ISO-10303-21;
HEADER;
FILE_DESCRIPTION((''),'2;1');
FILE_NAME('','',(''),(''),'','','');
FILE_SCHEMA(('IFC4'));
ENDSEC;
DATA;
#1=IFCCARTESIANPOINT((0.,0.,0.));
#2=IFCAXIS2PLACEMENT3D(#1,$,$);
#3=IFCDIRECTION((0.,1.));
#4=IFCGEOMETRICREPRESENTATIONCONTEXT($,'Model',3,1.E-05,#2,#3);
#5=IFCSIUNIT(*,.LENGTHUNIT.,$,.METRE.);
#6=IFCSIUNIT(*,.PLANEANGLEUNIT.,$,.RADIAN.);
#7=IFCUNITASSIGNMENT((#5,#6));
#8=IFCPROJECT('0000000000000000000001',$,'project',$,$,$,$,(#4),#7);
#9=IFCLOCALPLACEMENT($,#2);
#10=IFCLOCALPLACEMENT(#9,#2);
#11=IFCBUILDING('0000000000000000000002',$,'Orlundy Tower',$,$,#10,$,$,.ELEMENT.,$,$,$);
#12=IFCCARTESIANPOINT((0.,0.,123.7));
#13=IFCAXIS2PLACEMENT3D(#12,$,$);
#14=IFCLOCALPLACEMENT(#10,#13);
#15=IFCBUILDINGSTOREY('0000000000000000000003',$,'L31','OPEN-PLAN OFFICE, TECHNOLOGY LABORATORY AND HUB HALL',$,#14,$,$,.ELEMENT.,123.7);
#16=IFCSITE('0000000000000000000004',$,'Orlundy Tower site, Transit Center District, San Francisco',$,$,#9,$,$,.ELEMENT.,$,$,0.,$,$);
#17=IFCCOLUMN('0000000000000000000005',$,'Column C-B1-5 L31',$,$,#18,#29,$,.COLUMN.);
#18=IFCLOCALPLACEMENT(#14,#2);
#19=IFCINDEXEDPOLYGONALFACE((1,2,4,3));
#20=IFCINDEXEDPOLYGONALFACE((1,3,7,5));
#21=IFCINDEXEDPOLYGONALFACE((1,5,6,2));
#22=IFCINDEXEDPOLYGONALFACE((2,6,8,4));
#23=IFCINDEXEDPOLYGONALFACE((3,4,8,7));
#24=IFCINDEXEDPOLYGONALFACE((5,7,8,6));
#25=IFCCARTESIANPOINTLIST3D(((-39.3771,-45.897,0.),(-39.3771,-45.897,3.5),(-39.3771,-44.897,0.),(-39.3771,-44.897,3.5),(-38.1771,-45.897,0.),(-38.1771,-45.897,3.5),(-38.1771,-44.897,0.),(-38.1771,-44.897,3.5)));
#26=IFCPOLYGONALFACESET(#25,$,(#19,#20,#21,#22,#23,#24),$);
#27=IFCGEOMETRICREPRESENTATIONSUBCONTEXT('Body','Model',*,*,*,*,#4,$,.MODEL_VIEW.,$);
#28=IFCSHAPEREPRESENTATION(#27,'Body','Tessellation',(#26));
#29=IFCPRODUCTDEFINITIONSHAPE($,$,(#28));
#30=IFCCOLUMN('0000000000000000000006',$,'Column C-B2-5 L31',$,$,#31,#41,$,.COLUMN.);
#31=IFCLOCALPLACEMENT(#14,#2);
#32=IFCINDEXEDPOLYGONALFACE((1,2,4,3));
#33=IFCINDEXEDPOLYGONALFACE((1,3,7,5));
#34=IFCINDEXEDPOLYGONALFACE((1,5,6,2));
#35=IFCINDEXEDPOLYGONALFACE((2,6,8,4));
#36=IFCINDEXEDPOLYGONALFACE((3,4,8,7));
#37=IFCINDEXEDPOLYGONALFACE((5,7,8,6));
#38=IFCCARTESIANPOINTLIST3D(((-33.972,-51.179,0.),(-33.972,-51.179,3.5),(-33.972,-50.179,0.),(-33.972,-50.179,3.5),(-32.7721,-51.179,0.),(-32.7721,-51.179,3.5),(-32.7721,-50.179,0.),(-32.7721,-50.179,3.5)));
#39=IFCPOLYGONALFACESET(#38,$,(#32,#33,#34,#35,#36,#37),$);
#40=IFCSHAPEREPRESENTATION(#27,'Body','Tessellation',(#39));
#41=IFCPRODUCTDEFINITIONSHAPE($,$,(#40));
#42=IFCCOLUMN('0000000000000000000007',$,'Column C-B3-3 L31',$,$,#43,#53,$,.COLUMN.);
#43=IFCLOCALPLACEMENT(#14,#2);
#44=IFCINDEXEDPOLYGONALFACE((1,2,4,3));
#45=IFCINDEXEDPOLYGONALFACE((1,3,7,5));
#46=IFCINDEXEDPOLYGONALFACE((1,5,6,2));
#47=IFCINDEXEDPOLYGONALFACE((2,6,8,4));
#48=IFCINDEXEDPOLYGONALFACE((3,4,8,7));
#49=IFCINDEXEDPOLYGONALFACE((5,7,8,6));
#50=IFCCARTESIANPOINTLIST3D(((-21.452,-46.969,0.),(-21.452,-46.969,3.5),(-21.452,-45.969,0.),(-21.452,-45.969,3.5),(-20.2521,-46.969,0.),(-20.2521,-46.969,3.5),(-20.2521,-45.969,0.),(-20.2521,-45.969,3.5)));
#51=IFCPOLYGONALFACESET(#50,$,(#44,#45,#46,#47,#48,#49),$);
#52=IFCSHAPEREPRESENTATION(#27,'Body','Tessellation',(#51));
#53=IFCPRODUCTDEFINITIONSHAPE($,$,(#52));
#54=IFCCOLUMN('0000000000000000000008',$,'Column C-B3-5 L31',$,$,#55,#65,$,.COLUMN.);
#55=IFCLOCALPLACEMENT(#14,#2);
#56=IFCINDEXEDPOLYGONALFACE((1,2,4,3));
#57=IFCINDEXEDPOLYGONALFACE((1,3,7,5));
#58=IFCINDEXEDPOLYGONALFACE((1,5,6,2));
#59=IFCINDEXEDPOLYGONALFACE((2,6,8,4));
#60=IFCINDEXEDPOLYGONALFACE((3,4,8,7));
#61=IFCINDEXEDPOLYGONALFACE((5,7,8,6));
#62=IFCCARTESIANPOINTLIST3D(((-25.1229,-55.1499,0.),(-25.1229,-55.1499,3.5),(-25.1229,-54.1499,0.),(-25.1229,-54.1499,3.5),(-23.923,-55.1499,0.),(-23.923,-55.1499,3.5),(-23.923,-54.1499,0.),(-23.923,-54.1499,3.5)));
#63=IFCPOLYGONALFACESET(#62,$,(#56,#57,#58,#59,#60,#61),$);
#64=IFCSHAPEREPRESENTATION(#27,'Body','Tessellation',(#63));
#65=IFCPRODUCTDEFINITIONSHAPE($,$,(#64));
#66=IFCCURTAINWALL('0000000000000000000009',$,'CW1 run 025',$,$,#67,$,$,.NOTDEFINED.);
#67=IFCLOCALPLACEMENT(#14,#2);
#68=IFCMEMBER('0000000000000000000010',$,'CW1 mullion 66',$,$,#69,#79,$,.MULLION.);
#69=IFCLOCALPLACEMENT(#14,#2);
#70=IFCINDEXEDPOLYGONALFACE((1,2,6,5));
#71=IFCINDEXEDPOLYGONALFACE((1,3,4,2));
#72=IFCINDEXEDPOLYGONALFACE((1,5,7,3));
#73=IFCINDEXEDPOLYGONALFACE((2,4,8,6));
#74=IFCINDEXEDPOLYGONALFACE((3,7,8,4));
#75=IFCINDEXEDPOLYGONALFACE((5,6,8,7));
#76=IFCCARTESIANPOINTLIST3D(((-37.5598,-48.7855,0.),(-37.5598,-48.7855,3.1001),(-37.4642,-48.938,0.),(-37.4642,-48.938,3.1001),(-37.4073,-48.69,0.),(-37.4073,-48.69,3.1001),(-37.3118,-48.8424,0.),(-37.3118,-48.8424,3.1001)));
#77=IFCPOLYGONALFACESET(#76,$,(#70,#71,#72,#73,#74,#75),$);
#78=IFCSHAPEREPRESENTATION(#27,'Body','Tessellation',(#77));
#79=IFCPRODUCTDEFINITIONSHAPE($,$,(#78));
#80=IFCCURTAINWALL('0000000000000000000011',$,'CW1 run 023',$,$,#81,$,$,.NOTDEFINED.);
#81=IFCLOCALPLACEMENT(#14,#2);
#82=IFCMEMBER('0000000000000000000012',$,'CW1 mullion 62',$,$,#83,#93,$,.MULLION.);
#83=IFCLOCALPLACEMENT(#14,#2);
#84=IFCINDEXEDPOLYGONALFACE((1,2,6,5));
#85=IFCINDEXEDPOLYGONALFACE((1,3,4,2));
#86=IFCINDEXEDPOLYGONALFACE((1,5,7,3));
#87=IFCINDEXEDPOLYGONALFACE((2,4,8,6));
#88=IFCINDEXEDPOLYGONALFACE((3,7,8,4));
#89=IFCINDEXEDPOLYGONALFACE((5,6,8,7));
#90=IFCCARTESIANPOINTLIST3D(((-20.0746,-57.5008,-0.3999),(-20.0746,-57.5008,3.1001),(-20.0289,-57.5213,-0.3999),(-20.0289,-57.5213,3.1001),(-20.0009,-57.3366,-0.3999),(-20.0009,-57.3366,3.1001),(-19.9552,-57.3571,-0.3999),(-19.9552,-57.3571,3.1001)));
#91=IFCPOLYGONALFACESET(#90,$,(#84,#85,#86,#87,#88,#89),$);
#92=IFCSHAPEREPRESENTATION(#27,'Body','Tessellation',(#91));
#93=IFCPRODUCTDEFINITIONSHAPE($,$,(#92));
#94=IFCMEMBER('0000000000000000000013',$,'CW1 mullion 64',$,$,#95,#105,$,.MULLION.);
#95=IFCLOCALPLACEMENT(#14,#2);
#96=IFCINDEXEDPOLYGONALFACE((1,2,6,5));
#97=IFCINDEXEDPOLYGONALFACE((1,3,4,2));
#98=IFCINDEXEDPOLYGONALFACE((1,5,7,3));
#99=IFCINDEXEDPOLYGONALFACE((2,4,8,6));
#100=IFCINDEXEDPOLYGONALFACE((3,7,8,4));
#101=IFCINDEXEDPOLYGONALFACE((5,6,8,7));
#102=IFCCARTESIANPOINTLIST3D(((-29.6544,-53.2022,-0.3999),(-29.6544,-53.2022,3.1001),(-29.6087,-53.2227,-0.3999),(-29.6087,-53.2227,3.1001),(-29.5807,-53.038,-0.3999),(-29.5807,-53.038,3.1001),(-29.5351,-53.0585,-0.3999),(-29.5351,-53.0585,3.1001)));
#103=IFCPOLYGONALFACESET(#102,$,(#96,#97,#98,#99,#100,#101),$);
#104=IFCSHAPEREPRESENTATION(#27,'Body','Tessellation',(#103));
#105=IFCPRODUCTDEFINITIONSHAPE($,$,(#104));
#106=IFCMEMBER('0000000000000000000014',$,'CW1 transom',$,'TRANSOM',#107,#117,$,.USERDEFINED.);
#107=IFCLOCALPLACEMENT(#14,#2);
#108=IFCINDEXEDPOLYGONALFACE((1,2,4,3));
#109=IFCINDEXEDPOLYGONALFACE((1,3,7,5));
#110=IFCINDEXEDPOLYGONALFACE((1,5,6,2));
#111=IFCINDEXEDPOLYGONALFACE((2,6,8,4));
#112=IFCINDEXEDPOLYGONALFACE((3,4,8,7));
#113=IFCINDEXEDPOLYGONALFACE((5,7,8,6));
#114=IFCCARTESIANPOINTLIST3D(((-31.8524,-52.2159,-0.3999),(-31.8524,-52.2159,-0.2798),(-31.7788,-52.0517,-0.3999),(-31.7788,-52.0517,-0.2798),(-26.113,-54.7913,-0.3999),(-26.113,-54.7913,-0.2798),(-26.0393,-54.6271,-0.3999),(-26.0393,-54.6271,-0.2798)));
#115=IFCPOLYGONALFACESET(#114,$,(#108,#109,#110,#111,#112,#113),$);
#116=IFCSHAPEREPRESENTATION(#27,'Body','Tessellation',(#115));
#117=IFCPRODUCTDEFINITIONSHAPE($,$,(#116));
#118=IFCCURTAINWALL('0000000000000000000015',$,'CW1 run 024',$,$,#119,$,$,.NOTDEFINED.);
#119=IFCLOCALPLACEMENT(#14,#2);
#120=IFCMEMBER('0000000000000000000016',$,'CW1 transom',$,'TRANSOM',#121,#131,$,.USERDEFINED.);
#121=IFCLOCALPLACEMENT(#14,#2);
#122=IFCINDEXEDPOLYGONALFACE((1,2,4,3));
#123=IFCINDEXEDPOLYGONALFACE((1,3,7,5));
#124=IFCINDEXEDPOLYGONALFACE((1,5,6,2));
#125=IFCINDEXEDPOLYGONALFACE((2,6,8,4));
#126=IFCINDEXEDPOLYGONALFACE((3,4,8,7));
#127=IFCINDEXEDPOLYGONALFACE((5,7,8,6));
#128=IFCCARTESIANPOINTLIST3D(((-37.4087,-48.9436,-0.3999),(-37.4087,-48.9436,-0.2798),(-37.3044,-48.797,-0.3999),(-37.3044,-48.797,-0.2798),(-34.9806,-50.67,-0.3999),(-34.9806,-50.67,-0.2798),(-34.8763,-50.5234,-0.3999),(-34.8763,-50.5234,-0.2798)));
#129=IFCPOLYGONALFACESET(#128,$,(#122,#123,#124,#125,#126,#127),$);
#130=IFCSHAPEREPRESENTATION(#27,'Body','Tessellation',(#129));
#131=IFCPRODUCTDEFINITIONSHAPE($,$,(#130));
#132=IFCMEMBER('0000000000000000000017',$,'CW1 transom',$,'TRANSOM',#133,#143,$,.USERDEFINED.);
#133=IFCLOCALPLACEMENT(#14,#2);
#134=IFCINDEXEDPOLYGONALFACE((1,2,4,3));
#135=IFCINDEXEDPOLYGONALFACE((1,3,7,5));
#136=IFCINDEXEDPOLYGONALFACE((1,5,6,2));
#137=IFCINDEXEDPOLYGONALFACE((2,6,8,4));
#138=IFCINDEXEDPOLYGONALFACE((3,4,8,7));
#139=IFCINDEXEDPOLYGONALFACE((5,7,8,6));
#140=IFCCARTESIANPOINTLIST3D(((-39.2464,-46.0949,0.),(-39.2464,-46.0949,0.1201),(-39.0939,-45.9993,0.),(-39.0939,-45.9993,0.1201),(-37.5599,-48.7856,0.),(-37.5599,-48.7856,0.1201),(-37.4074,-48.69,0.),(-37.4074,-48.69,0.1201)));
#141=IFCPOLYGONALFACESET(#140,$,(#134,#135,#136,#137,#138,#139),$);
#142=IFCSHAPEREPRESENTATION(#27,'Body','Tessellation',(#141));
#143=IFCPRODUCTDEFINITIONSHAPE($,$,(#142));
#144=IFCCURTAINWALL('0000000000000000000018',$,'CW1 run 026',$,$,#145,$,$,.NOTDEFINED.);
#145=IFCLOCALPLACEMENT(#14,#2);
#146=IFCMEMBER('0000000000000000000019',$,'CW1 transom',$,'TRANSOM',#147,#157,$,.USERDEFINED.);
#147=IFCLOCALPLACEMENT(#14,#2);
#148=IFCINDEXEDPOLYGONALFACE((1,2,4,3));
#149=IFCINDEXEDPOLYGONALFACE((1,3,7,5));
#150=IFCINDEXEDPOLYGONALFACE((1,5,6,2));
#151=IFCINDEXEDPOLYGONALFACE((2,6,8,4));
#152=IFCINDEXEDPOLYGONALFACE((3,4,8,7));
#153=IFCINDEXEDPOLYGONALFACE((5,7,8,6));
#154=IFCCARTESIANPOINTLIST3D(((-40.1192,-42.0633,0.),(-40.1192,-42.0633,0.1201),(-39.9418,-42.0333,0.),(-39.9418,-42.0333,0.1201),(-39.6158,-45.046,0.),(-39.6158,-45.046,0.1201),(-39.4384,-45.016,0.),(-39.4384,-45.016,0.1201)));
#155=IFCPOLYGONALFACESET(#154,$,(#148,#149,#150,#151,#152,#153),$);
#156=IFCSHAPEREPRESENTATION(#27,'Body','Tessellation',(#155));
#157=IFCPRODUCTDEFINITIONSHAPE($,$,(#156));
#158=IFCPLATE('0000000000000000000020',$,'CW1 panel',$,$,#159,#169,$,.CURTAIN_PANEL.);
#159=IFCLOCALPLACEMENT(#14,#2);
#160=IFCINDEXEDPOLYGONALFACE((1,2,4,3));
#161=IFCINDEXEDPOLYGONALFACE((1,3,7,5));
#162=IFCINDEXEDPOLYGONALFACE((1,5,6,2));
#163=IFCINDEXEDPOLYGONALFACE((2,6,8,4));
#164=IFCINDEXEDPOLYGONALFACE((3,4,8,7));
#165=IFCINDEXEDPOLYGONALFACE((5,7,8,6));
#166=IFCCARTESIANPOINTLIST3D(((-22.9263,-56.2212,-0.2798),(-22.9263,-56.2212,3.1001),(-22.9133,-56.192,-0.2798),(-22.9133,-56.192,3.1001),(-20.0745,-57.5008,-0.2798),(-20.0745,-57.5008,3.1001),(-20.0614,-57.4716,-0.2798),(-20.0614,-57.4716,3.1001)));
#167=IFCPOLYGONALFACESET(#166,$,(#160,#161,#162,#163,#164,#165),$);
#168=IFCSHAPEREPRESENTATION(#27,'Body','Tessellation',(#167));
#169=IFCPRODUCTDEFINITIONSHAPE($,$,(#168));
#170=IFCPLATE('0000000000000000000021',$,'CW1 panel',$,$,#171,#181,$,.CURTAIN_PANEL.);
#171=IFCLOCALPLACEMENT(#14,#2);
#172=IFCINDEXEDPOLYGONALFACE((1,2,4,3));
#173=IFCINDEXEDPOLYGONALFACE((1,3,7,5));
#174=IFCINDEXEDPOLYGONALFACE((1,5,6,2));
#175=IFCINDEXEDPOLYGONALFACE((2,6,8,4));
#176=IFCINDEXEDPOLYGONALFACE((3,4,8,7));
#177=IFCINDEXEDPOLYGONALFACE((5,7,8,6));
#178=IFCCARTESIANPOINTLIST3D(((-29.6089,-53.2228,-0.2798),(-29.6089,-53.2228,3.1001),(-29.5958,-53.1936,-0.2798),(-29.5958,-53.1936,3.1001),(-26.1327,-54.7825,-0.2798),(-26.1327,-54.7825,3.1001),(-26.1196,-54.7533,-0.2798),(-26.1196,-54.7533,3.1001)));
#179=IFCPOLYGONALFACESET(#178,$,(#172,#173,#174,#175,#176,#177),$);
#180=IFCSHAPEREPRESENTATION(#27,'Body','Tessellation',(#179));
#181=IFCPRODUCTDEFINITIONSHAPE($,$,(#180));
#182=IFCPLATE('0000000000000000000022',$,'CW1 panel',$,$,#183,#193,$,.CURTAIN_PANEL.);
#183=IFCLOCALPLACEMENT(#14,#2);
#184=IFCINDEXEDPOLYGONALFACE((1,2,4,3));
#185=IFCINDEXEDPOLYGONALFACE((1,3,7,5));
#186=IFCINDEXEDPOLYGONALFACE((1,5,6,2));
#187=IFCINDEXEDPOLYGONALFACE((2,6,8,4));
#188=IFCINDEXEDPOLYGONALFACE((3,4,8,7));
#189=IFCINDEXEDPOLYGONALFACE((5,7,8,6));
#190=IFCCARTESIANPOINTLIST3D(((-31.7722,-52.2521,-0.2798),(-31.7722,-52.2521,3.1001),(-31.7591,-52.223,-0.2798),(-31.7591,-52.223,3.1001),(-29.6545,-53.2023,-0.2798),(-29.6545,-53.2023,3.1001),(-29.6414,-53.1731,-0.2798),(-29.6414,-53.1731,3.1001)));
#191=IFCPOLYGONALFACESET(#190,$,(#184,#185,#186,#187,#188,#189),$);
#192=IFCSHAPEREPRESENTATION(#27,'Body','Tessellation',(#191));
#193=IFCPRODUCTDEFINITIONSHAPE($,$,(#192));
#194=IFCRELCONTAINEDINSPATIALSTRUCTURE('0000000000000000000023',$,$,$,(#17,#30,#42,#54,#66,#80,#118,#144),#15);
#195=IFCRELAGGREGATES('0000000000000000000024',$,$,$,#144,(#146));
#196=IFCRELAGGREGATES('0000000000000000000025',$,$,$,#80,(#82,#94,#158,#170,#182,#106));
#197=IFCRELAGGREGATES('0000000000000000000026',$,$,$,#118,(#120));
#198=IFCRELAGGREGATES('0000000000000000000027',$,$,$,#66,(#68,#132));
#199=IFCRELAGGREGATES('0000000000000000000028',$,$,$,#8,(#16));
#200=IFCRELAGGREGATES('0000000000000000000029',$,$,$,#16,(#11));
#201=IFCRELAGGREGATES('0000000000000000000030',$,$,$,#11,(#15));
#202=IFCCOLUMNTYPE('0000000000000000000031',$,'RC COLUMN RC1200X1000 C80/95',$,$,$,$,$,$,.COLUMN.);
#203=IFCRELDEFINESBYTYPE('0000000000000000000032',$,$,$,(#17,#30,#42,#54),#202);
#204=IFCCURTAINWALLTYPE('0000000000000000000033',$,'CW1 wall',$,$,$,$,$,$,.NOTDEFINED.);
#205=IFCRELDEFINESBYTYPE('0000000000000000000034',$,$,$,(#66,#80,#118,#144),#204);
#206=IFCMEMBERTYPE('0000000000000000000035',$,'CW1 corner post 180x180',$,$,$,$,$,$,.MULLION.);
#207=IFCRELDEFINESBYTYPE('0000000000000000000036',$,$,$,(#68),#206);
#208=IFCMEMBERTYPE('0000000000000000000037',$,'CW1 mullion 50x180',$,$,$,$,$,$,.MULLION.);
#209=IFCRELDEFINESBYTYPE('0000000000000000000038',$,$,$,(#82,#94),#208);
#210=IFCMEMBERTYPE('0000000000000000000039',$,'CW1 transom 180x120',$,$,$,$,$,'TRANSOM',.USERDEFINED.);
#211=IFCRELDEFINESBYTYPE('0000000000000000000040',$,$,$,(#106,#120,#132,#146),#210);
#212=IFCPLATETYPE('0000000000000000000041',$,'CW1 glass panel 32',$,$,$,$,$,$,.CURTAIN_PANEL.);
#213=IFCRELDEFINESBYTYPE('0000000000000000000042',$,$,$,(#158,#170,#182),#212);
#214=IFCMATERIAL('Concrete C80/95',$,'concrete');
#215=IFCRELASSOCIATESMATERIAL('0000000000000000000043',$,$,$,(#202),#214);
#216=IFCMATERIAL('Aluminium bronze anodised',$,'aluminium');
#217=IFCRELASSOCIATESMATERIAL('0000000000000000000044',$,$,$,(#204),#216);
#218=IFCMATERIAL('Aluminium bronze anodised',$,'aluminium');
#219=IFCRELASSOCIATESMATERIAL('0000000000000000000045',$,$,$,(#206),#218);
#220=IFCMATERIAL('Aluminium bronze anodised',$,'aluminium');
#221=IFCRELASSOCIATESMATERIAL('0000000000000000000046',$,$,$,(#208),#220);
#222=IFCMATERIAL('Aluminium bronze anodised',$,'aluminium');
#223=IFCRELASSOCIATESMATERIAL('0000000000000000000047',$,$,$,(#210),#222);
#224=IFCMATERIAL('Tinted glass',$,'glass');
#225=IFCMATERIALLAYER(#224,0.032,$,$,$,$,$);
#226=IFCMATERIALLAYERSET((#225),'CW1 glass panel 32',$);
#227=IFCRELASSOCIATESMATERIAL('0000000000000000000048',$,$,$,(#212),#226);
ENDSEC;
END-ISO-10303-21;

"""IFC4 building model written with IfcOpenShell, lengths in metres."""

from ifc_helpers import new_model, si_unit, direction, frame, origin, origin_2d, place, context, subcontext, project, spatial, rectangle, extrude, material, layer, layer_set, material_profile, profile_set, type_object, element, aggregate, save


model = new_model("IFC4")

# Units and contexts
model_context = context("Model", 3, precision=1e-05, world=origin(), true_north=direction((0.0, 1.0)))
body_context = subcontext(model_context, "Body", "Model", "MODEL_VIEW")
ifc_project = project(units=[si_unit("LENGTHUNIT", "METRE"), si_unit("PLANEANGLEUNIT", "RADIAN")], contexts=[model_context])

# Site, building, storey
site_placement = place(None, origin())
site = spatial("IfcSite", under=ifc_project, at=site_placement, Name="Orlundy Tower site, Transit Center District, San Francisco", CompositionType="ELEMENT", RefElevation=0.0)
building_placement = place(site_placement, origin())
building = spatial("IfcBuilding", under=site, at=building_placement, Name="Orlundy Tower", CompositionType="ELEMENT")
storey_placement = place(building_placement, frame((0.0, 0.0, 123.7)))
storey = spatial("IfcBuildingStorey", under=building, at=storey_placement, Name="L31", Description="OPEN-PLAN OFFICE, TECHNOLOGY LABORATORY AND HUB HALL", CompositionType="ELEMENT", Elevation=123.7)

# Columns
ifc_material_1 = material(Name="Concrete C80/95", Category="concrete")
ifc_material_profile_1 = material_profile(ifc_material_1, rectangle(XDim=1.2, YDim=1.0, at=origin_2d()), Name="RC1200X1000")
ifc_profile_set_1 = profile_set([ifc_material_profile_1], Name="Concrete C80/95")
column_type = type_object("IfcColumnType", Name="RC COLUMN RC1200X1000 C80/95", PredefinedType="COLUMN", material=ifc_profile_set_1)
for number, where, z_axis, x_axis, name in (
    (1, (-38.7771, -45.397, 0.0), (0.0, 0.0, 1.0), (1.0, 0.0, 0.0), "Column C-B1-5 L31"),
    (2, (-33.3721, -50.679, 0.0), (0.0, 0.0, 1.0), (1.0, 0.0, 0.0), "Column C-B2-5 L31"),
    (3, (-20.8521, -46.469, 0.0), (0.0, 0.0, 1.0), (1.0, 0.0, 0.0), "Column C-B3-3 L31"),
    (4, (-24.5229, -54.6499, 0.0), (0.0, 0.0, 1.0), (1.0, 0.0, 0.0), "Column C-B3-5 L31"),
):
    element("IfcColumn", number, at=place(storey_placement, frame(where, z_axis=z_axis, x_axis=x_axis)), inside=storey, type_object=column_type, Name=name, PredefinedType="COLUMN", context=body_context, shape_type="SweptSolid", body=[
        extrude(rectangle(XDim=1.2, YDim=1.0, at=origin_2d()), origin(), (0.0, 0.0, 1.0), 3.5),
    ])

# Curtain wall, member
ifc_material_2 = material(Name="Aluminium bronze anodised", Category="aluminium")
curtain_wall_type = type_object("IfcCurtainWallType", Name="CW1 wall", PredefinedType="NOTDEFINED", material=ifc_material_2)
curtain_wall_1_placement = place(storey_placement, origin())
curtain_wall_1 = element("IfcCurtainWall", 5, at=curtain_wall_1_placement, inside=storey, type_object=curtain_wall_type, Name="CW1 run 025", PredefinedType="NOTDEFINED")
ifc_material_3 = material(Name="Aluminium bronze anodised", Category="aluminium")
ifc_material_profile_2 = material_profile(ifc_material_3, rectangle(XDim=0.1799, YDim=0.1799, at=origin_2d()), Name="CW1 corner post 180x180")
ifc_profile_set_2 = profile_set([ifc_material_profile_2], Name="Aluminium bronze anodised")
member_type_1 = type_object("IfcMemberType", Name="CW1 corner post 180x180", PredefinedType="MULLION", material=ifc_profile_set_2)
member_1_placement = place(storey_placement, frame((-37.4358, -48.814, 0.0), z_axis=(0.0, 0.0, 1.0), x_axis=(-0.847285, -0.531138, 0.0)))
member_1 = element("IfcMember", 6, at=member_1_placement, type_object=member_type_1, Name="CW1 mullion 66", PredefinedType="MULLION", context=body_context, shape_type="SweptSolid", body=[
    extrude(rectangle(XDim=0.1799, YDim=0.1799, at=origin_2d()), origin(), (0.0, 0.0, 1.0), 3.1001),
])

# Curtain wall, members
curtain_wall_2_placement = place(storey_placement, origin())
curtain_wall_2 = element("IfcCurtainWall", 7, at=curtain_wall_2_placement, inside=storey, type_object=curtain_wall_type, Name="CW1 run 023", PredefinedType="NOTDEFINED")
ifc_material_4 = material(Name="Aluminium bronze anodised", Category="aluminium")
ifc_material_profile_3 = material_profile(ifc_material_4, rectangle(XDim=0.1799, YDim=0.05, at=origin_2d()), Name="CW1 mullion 50x180")
ifc_profile_set_3 = profile_set([ifc_material_profile_3], Name="Aluminium bronze anodised")
member_type_2 = type_object("IfcMemberType", Name="CW1 mullion 50x180", PredefinedType="MULLION", material=ifc_profile_set_3)
member_2_placement = place(storey_placement, frame((-20.0149, -57.429, -0.3999), z_axis=(0.0, 0.0, 1.0), x_axis=(-0.409374, -0.912366, 0.0)))
member_2 = element("IfcMember", 8, at=member_2_placement, type_object=member_type_2, Name="CW1 mullion 62", PredefinedType="MULLION", context=body_context, shape_type="SweptSolid", body=[
    extrude(rectangle(XDim=0.1799, YDim=0.05, at=origin_2d()), origin(), (0.0, 0.0, 1.0), 3.5),
])
member_3_placement = place(storey_placement, frame((-29.5947, -53.1304, -0.3999), z_axis=(0.0, 0.0, 1.0), x_axis=(-0.409374, -0.912366, 0.0)))
member_3 = element("IfcMember", 9, at=member_3_placement, type_object=member_type_2, Name="CW1 mullion 64", PredefinedType="MULLION", context=body_context, shape_type="SweptSolid", body=[
    extrude(rectangle(XDim=0.1799, YDim=0.05, at=origin_2d()), origin(), (0.0, 0.0, 1.0), 3.5),
])
ifc_material_5 = material(Name="Aluminium bronze anodised", Category="aluminium")
ifc_material_profile_4 = material_profile(ifc_material_5, rectangle(XDim=0.1799, YDim=0.1201, at=origin_2d()), Name="CW1 transom 180x120")
ifc_profile_set_4 = profile_set([ifc_material_profile_4], Name="Aluminium bronze anodised")
member_type_3 = type_object("IfcMemberType", Name="CW1 transom 180x120", ElementType="TRANSOM", PredefinedType="USERDEFINED", material=ifc_profile_set_4)
member_4_placement = place(storey_placement, frame((-26.0762, -54.7092, -0.3398), z_axis=(-0.912357, 0.409395, 0.0), x_axis=(-0.409395, -0.912357, 0.0)))
member_4 = element("IfcMember", 10, at=member_4_placement, type_object=member_type_3, Name="CW1 transom", ObjectType="TRANSOM", PredefinedType="USERDEFINED", context=body_context, shape_type="SweptSolid", body=[
    extrude(rectangle(XDim=0.1799, YDim=0.1201, at=origin_2d()), origin(), (0.0, 0.0, 1.0), 6.2908),
])

# Curtain wall, member
curtain_wall_3_placement = place(storey_placement, origin())
curtain_wall_3 = element("IfcCurtainWall", 11, at=curtain_wall_3_placement, inside=storey, type_object=curtain_wall_type, Name="CW1 run 024", PredefinedType="NOTDEFINED")
member_5_placement = place(storey_placement, frame((-34.9285, -50.5967, -0.3398), z_axis=(-0.814994, 0.579469, 0.0), x_axis=(-0.579469, -0.814994, 0.0)))
member_5 = element("IfcMember", 12, at=member_5_placement, type_object=member_type_3, Name="CW1 transom", ObjectType="TRANSOM", PredefinedType="USERDEFINED", context=body_context, shape_type="SweptSolid", body=[
    extrude(rectangle(XDim=0.1799, YDim=0.1201, at=origin_2d()), origin(), (0.0, 0.0, 1.0), 2.9792),
])

# Member
member_6_placement = place(storey_placement, frame((-37.4836, -48.7378, 0.0601), z_axis=(-0.531097, 0.847311, 0.0), x_axis=(-0.847311, -0.531097, 0.0)))
member_6 = element("IfcMember", 13, at=member_6_placement, type_object=member_type_3, Name="CW1 transom", ObjectType="TRANSOM", PredefinedType="USERDEFINED", context=body_context, shape_type="SweptSolid", body=[
    extrude(rectangle(XDim=0.1799, YDim=0.1201, at=origin_2d()), origin(), (0.0, 0.0, 1.0), 3.1755),
])

# Curtain wall, member
curtain_wall_4_placement = place(storey_placement, origin())
curtain_wall_4 = element("IfcCurtainWall", 14, at=curtain_wall_4_placement, inside=storey, type_object=curtain_wall_type, Name="CW1 run 026", PredefinedType="NOTDEFINED")
member_7_placement = place(storey_placement, frame((-39.5271, -45.031, 0.0601), z_axis=(-0.166427, 0.986054, 0.0), x_axis=(-0.986054, -0.166427, 0.0)))
member_7 = element("IfcMember", 15, at=member_7_placement, type_object=member_type_3, Name="CW1 transom", ObjectType="TRANSOM", PredefinedType="USERDEFINED", context=body_context, shape_type="SweptSolid", body=[
    extrude(rectangle(XDim=0.1799, YDim=0.1201, at=origin_2d()), origin(), (0.0, 0.0, 1.0), 3.0249),
])
aggregate(curtain_wall_4, [member_7])

# Plates
ifc_material_6 = material(Name="Tinted glass", Category="glass")
ifc_layer_1 = layer(ifc_material_6, 0.032)
ifc_layer_set_1 = layer_set([ifc_layer_1], Name="CW1 glass panel 32")
plate_type = type_object("IfcPlateType", Name="CW1 glass panel 32", PredefinedType="CURTAIN_PANEL", material=ifc_layer_set_1)
plate_1_placement = place(storey_placement, frame((-21.4939, -56.8464, -0.2798), z_axis=(0.0, 0.0, 1.0), x_axis=(-0.912366, 0.409374, 0.0)))
plate_1 = element("IfcPlate", 16, at=plate_1_placement, type_object=plate_type, Name="CW1 panel", PredefinedType="CURTAIN_PANEL", context=body_context, shape_type="SweptSolid", body=[
    extrude(rectangle(XDim=3.1257, YDim=0.032, at=origin_2d()), origin(), (0.0, 0.0, 1.0), 3.3799),
])
plate_2_placement = place(storey_placement, frame((-27.8643, -53.988, -0.2798), z_axis=(0.0, 0.0, 1.0), x_axis=(-0.912366, 0.409374, 0.0)))
plate_2 = element("IfcPlate", 17, at=plate_2_placement, type_object=plate_type, Name="CW1 panel", PredefinedType="CURTAIN_PANEL", context=body_context, shape_type="SweptSolid", body=[
    extrude(rectangle(XDim=3.8101, YDim=0.032, at=origin_2d()), origin(), (0.0, 0.0, 1.0), 3.3799),
])
plate_3_placement = place(storey_placement, frame((-30.7068, -52.7126, -0.2798), z_axis=(0.0, 0.0, 1.0), x_axis=(-0.912366, 0.409374, 0.0)))
plate_3 = element("IfcPlate", 18, at=plate_3_placement, type_object=plate_type, Name="CW1 panel", PredefinedType="CURTAIN_PANEL", context=body_context, shape_type="SweptSolid", body=[
    extrude(rectangle(XDim=2.321, YDim=0.032, at=origin_2d()), origin(), (0.0, 0.0, 1.0), 3.3799),
])
aggregate(curtain_wall_2, [member_2, member_3, plate_1, plate_2, plate_3, member_4])
aggregate(curtain_wall_3, [member_5])
aggregate(curtain_wall_1, [member_1, member_6])

save(model, "model.ifc")
